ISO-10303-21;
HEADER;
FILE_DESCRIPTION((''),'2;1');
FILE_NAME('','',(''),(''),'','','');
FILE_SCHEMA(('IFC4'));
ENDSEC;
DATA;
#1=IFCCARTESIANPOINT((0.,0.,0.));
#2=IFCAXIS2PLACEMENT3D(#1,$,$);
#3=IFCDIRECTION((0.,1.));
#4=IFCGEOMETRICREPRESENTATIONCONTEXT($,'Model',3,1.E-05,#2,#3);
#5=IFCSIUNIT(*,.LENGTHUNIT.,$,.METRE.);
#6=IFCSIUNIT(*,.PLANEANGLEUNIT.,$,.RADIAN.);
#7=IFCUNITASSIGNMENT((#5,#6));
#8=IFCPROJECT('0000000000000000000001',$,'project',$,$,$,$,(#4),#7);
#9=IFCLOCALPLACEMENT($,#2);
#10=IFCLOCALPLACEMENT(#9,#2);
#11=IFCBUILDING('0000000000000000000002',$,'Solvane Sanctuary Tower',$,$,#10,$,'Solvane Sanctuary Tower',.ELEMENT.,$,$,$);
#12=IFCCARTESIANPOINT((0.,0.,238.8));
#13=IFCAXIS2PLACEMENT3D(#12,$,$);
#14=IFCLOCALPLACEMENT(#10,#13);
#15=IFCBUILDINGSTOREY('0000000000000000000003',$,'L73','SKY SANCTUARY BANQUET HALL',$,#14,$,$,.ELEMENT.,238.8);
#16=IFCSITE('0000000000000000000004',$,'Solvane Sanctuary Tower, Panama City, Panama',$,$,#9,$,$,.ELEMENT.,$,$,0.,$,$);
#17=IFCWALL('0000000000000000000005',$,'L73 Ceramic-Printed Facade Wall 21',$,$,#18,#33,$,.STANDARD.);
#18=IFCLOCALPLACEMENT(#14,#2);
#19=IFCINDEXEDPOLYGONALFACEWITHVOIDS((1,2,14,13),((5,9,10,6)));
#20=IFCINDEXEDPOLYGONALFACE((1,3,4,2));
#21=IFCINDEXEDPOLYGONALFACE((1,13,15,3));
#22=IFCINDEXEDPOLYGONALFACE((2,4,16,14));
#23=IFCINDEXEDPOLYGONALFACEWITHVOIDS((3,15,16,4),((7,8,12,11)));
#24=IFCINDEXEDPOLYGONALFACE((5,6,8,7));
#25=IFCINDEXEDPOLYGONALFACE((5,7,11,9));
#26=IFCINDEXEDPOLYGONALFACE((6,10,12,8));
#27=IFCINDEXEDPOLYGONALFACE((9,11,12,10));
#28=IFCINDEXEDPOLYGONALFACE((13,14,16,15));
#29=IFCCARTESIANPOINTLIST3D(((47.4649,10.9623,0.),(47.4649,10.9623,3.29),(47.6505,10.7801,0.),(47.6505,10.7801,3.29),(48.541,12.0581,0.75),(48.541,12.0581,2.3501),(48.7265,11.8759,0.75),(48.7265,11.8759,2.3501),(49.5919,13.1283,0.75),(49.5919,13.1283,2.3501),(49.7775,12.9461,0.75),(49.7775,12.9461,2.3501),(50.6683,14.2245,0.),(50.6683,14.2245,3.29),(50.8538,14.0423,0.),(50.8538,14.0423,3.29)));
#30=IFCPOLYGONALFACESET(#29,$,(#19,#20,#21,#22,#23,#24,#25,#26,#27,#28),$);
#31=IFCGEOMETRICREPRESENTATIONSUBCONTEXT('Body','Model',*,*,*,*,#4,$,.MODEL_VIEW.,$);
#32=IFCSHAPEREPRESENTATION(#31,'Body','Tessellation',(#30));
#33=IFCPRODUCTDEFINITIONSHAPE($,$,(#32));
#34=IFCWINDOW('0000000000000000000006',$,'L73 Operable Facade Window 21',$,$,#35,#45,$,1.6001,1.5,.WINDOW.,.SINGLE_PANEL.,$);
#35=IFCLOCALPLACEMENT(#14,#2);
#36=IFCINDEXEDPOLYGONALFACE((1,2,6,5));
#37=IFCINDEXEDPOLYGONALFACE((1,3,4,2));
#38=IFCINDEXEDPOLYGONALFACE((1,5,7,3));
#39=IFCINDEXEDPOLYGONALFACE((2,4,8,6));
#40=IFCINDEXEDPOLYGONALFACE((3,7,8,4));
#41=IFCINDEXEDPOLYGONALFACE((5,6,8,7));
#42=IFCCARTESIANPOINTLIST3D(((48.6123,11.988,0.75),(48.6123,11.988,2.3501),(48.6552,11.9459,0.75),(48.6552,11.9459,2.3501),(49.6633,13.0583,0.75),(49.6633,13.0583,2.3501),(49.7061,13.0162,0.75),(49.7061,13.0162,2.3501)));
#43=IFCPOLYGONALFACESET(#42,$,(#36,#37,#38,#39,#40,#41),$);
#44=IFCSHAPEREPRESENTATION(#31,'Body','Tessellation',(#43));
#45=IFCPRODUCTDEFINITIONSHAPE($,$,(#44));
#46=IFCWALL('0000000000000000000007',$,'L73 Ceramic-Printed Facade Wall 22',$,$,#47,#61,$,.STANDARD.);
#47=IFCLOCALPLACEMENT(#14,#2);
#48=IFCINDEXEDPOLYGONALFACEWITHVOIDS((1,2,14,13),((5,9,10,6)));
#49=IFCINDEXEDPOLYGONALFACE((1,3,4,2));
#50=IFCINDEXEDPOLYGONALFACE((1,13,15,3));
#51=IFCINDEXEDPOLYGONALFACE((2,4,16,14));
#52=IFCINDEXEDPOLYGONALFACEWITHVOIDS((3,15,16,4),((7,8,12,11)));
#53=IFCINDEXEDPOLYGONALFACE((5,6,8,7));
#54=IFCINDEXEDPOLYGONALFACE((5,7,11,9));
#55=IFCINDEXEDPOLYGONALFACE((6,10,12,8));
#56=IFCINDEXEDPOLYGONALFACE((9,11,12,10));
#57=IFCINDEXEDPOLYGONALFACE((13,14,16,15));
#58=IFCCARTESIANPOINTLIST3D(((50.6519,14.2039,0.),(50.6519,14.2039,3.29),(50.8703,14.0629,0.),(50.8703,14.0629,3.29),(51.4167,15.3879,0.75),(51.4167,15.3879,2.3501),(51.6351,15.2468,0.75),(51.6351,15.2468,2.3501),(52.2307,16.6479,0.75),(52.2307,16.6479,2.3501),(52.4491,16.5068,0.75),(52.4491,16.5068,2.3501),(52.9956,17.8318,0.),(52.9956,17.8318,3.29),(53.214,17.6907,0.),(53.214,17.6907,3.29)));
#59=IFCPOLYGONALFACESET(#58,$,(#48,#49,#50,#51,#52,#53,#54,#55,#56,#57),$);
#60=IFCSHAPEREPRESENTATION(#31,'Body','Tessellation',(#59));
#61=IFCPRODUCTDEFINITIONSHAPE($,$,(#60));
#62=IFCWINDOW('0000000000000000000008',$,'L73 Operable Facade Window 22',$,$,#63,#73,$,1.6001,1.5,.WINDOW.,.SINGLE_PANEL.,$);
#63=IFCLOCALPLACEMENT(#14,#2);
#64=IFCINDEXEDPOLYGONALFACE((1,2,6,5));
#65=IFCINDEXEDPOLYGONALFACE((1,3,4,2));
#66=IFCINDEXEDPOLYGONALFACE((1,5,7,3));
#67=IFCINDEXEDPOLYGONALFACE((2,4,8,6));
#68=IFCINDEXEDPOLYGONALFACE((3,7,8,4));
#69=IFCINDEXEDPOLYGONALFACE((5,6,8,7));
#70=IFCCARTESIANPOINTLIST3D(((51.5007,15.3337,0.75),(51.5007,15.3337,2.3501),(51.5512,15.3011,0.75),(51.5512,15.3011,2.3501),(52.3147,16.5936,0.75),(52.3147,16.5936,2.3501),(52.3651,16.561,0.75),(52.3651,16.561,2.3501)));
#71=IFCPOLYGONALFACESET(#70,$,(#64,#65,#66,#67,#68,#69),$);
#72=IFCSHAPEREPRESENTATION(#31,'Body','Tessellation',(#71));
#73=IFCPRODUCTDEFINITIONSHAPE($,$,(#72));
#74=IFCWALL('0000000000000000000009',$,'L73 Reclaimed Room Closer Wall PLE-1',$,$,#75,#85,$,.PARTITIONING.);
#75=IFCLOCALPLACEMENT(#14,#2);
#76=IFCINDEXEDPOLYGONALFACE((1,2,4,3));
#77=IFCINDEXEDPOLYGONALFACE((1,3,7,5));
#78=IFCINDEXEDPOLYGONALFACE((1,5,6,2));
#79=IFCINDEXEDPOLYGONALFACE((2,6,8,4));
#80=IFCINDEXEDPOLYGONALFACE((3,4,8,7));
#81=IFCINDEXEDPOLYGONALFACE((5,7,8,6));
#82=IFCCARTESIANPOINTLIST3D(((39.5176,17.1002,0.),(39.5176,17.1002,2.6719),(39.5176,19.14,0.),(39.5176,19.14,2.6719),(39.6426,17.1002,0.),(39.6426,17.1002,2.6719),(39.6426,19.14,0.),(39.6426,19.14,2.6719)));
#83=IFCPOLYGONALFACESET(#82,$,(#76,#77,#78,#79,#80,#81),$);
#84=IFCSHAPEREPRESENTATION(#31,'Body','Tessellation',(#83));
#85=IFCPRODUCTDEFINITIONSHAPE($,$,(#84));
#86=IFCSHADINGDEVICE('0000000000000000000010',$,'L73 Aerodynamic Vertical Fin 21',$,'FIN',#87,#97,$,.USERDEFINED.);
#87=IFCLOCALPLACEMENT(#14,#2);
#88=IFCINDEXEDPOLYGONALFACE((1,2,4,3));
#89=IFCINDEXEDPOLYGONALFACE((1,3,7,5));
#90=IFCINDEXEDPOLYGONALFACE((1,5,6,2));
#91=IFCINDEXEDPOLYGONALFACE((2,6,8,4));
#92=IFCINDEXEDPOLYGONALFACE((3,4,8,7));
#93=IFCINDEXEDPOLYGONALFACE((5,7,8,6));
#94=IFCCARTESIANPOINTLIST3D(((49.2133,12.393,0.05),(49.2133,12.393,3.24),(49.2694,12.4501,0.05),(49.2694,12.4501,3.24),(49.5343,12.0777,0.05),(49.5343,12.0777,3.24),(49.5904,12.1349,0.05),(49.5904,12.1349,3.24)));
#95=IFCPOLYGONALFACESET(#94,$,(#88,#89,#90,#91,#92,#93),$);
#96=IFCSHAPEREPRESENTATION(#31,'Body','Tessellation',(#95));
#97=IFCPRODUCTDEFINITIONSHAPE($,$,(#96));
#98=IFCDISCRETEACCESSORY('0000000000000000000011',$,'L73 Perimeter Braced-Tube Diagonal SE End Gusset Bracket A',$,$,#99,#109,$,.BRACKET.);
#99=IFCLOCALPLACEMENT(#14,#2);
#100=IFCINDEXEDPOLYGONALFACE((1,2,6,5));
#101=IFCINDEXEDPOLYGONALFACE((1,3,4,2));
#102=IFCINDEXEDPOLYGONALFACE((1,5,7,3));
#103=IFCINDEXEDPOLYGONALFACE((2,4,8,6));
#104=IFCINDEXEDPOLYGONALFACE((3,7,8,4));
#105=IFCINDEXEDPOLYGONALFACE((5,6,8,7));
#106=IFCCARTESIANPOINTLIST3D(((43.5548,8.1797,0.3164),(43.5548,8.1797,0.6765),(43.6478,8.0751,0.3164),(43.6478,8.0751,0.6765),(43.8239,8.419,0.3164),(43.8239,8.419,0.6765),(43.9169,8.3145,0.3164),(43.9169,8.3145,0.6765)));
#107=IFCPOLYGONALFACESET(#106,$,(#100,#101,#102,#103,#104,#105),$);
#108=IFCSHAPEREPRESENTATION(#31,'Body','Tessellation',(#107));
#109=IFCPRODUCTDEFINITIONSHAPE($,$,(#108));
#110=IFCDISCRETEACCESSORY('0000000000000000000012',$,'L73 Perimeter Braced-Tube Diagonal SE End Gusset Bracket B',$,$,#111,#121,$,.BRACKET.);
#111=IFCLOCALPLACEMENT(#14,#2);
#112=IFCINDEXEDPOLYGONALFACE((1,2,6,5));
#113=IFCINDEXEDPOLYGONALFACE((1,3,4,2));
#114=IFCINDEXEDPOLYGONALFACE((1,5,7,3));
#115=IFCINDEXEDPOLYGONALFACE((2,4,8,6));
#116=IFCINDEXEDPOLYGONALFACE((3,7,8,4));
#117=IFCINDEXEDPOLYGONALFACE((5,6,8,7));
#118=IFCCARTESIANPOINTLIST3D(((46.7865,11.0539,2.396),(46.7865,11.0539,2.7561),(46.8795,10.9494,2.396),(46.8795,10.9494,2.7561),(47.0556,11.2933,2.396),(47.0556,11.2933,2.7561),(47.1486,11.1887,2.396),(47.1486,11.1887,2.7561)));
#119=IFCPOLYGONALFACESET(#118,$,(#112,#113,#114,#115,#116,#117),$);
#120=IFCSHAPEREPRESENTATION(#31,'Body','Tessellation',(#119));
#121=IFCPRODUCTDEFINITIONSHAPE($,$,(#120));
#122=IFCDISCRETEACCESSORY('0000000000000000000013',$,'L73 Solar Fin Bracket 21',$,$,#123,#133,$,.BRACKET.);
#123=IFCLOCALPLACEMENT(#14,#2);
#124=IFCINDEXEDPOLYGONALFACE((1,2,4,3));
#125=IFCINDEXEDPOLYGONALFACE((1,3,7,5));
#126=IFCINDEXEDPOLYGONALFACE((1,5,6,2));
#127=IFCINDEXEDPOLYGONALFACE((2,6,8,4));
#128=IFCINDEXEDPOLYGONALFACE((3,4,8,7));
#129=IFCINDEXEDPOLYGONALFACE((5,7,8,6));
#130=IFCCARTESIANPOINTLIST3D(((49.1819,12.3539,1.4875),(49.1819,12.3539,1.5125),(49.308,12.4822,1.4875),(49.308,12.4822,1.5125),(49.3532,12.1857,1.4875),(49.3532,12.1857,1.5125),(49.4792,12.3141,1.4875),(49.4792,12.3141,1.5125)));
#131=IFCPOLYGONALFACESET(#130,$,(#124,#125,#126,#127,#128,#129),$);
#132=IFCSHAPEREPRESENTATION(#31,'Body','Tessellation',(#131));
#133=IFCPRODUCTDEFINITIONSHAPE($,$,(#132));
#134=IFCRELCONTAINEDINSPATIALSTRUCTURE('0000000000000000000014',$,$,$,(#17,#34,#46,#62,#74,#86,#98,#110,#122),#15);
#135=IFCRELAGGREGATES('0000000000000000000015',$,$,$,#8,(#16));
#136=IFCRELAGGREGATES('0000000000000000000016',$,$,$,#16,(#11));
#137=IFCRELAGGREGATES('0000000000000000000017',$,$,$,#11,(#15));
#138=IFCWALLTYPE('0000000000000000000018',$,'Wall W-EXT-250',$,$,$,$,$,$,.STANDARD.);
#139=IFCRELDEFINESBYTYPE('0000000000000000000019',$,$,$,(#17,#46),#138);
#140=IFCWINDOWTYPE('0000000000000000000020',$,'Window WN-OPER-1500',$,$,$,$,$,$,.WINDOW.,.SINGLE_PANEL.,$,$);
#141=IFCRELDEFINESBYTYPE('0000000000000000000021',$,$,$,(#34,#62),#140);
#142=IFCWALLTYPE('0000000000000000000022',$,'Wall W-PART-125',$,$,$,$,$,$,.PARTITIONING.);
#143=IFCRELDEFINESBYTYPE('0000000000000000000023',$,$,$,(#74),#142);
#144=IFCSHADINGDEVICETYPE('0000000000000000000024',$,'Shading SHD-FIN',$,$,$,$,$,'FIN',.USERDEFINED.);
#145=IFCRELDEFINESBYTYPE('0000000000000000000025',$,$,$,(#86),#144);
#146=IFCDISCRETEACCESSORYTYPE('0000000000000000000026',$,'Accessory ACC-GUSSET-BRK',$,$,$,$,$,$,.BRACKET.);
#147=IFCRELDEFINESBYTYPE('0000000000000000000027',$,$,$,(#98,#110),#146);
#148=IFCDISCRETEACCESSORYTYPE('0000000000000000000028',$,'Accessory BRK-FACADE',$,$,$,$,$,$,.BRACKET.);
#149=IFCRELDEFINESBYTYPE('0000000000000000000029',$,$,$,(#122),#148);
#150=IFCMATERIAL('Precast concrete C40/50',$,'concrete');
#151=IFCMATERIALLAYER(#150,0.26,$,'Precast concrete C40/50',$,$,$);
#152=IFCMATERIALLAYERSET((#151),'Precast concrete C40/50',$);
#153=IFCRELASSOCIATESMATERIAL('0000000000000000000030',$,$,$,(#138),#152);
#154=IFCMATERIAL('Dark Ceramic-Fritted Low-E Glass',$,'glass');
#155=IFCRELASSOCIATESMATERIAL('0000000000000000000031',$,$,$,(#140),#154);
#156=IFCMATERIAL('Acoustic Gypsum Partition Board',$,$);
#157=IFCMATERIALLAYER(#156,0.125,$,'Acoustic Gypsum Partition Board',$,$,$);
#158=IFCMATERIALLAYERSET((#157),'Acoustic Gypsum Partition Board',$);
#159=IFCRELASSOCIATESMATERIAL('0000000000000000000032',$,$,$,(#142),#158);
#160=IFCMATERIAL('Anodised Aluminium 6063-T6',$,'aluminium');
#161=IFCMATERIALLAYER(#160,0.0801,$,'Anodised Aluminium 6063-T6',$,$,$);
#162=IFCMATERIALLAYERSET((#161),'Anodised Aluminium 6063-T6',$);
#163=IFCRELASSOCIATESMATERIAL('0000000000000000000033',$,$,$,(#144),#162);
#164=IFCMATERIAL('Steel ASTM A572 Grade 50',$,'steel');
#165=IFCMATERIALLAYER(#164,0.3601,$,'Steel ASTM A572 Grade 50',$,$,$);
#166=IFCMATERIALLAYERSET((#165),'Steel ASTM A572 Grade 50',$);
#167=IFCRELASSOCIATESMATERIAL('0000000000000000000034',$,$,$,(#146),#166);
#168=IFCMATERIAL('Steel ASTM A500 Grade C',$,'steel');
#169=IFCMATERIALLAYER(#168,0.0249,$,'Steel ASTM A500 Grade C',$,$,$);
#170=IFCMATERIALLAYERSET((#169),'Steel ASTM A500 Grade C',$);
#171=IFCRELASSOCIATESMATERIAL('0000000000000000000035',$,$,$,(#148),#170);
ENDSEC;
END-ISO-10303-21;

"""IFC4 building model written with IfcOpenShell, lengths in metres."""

from ifc_helpers import new_model, si_unit, direction, frame, frame_2d, origin, origin_2d, place, context, subcontext, project, spatial, rectangle, extrude, material, layer, layer_set, type_object, element, fill, save


model = new_model("IFC4")

# Units and contexts
model_context = context("Model", 3, precision=1e-05, world=origin(), true_north=direction((0.0, 1.0)))
body_context = subcontext(model_context, "Body", "Model", "MODEL_VIEW")
ifc_project = project(units=[si_unit("LENGTHUNIT", "METRE"), si_unit("PLANEANGLEUNIT", "RADIAN")], contexts=[model_context])

# Site, building, storey
site_placement = place(None, origin())
site = spatial("IfcSite", under=ifc_project, at=site_placement, Name="Solvane Sanctuary Tower, Panama City, Panama", CompositionType="ELEMENT", RefElevation=0.0)
building_placement = place(site_placement, origin())
building = spatial("IfcBuilding", under=site, at=building_placement, Name="Solvane Sanctuary Tower", LongName="Solvane Sanctuary Tower", CompositionType="ELEMENT")
storey_placement = place(building_placement, frame((0.0, 0.0, 238.8)))
storey = spatial("IfcBuildingStorey", under=building, at=storey_placement, Name="L73", Description="SKY SANCTUARY BANQUET HALL", CompositionType="ELEMENT", Elevation=238.8)

# Shared definitions
ifc_material_1 = material(Name="Anodised Aluminium 6063-T6", Category="aluminium")

# Shared definitions
ifc_material_2 = material(Name="Dark Ceramic-Fritted Low-E Glass", Category="glass")

# Shared definitions
ifc_material_3 = material(Name="Acoustic Gypsum Partition Board")

# Shared definitions
ifc_material_4 = material(Name="Precast concrete C40/50", Category="concrete")
ifc_layer_1 = layer(ifc_material_4, 0.26, Name="Precast concrete C40/50")
ifc_layer_set_1 = layer_set([ifc_layer_1], Name="Precast concrete C40/50")
wall_type_1 = type_object("IfcWallType", Name="Wall W-EXT-250", PredefinedType="STANDARD", material=ifc_layer_set_1)

# Walls, openings, windows
wall_1_placement = place(storey_placement, frame((47.5576, 10.8711, 0.0), z_axis=(0.0, 0.0, 1.0), x_axis=(0.700643, 0.713512, 0.0)))
wall_1 = element("IfcWall", 1, at=wall_1_placement, inside=storey, type_object=wall_type_1, Name="L73 Ceramic-Printed Facade Wall 21", PredefinedType="STANDARD", context=body_context, shape_type="SweptSolid", body=[
    extrude(rectangle(XDim=4.572, YDim=0.26, at=frame_2d((2.2861, 0.0))), origin(), (0.0, 0.0, 1.0), 3.29),
])
opening_1_placement = place(wall_1_placement, frame((1.5359, 0.0, 0.75)))
opening_1 = element("IfcOpeningElement", 2, at=opening_1_placement, cuts=wall_1, PredefinedType="OPENING", context=body_context, shape_type="SweptSolid", body=[
    extrude(rectangle(XDim=1.5, YDim=1.6001, at=frame_2d((0.75, 0.8))), frame((0.0, 0.1399, 0.0), z_axis=(0.0, -1.0, 0.0), x_axis=(1.0, 0.0, 0.0)), (0.0, 0.0, 1.0), 0.28),
])
window_type = type_object("IfcWindowType", Name="Window WN-OPER-1500", PartitioningType="SINGLE_PANEL", PredefinedType="WINDOW", material=ifc_material_2)
window_1_placement = place(opening_1_placement, origin())
window_1 = element("IfcWindow", 3, at=window_1_placement, inside=storey, type_object=window_type, Name="L73 Operable Facade Window 21", OverallHeight=1.6001, OverallWidth=1.5, PartitioningType="SINGLE_PANEL", PredefinedType="WINDOW", context=body_context, shape_type="SweptSolid", body=[
    extrude(rectangle(XDim=1.5, YDim=1.6001, at=frame_2d((0.75, 0.8))), frame((0.0, 0.03, 0.0), z_axis=(0.0, -1.0, 0.0), x_axis=(1.0, 0.0, 0.0)), (0.0, 0.0, 1.0), 0.0601),
])
fill(opening_1, window_1)
wall_2_placement = place(storey_placement, frame((50.761, 14.1333, 0.0), z_axis=(0.0, 0.0, 1.0), x_axis=(0.542642, 0.839964, 0.0)))
wall_2 = element("IfcWall", 4, at=wall_2_placement, inside=storey, type_object=wall_type_1, Name="L73 Ceramic-Printed Facade Wall 22", PredefinedType="STANDARD", context=body_context, shape_type="SweptSolid", body=[
    extrude(rectangle(XDim=4.3191, YDim=0.26, at=frame_2d((2.1597, 0.0))), origin(), (0.0, 0.0, 1.0), 3.29),
])
opening_2_placement = place(wall_2_placement, frame((1.4097, 0.0, 0.75)))
opening_2 = element("IfcOpeningElement", 5, at=opening_2_placement, cuts=wall_2, PredefinedType="OPENING", context=body_context, shape_type="SweptSolid", body=[
    extrude(rectangle(XDim=1.5, YDim=1.6001, at=frame_2d((0.75, 0.8))), frame((0.0, 0.1399, 0.0), z_axis=(0.0, -1.0, 0.0), x_axis=(1.0, 0.0, 0.0)), (0.0, 0.0, 1.0), 0.28),
])
window_2_placement = place(opening_2_placement, origin())
window_2 = element("IfcWindow", 6, at=window_2_placement, inside=storey, type_object=window_type, Name="L73 Operable Facade Window 22", OverallHeight=1.6001, OverallWidth=1.5, PartitioningType="SINGLE_PANEL", PredefinedType="WINDOW", context=body_context, shape_type="SweptSolid", body=[
    extrude(rectangle(XDim=1.5, YDim=1.6001, at=frame_2d((0.75, 0.8))), frame((0.0, 0.03, 0.0), z_axis=(0.0, -1.0, 0.0), x_axis=(1.0, 0.0, 0.0)), (0.0, 0.0, 1.0), 0.0601),
])
fill(opening_2, window_2)

# Wall
ifc_layer_2 = layer(ifc_material_3, 0.125, Name="Acoustic Gypsum Partition Board")
ifc_layer_set_2 = layer_set([ifc_layer_2], Name="Acoustic Gypsum Partition Board")
wall_type_2 = type_object("IfcWallType", Name="Wall W-PART-125", PredefinedType="PARTITIONING", material=ifc_layer_set_2)
wall_3_placement = place(storey_placement, frame((39.5801, 17.1001, 0.0), z_axis=(0.0, 0.0, 1.0), x_axis=(0.0, 1.0, 0.0)))
element("IfcWall", 7, at=wall_3_placement, inside=storey, type_object=wall_type_2, Name="L73 Reclaimed Room Closer Wall PLE-1", PredefinedType="PARTITIONING", context=body_context, shape_type="SweptSolid", body=[
    extrude(rectangle(XDim=2.0398, YDim=0.125, at=frame_2d((1.02, 0.0))), origin(), (0.0, 0.0, 1.0), 2.6719),
])

# Shading device
ifc_layer_3 = layer(ifc_material_1, 0.0801, Name="Anodised Aluminium 6063-T6")
ifc_layer_set_3 = layer_set([ifc_layer_3], Name="Anodised Aluminium 6063-T6")
shading_device_type = type_object("IfcShadingDeviceType", Name="Shading SHD-FIN", ElementType="FIN", PredefinedType="USERDEFINED", material=ifc_layer_set_3)
shading_device_placement = place(storey_placement, frame((49.4019, 12.2639, 0.05), z_axis=(0.0, 0.0, 1.0), x_axis=(0.700625, 0.713529, 0.0)))
element("IfcShadingDevice", 8, at=shading_device_placement, inside=storey, type_object=shading_device_type, Name="L73 Aerodynamic Vertical Fin 21", ObjectType="FIN", PredefinedType="USERDEFINED", context=body_context, shape_type="SweptSolid", body=[
    extrude(rectangle(XDim=0.0801, YDim=0.45, at=origin_2d()), origin(), (0.0, 0.0, 1.0), 3.1899),
])

# Discrete accessories
ifc_material_5 = material(Name="Steel ASTM A572 Grade 50", Category="steel")
ifc_layer_4 = layer(ifc_material_5, 0.3601, Name="Steel ASTM A572 Grade 50")
ifc_layer_set_4 = layer_set([ifc_layer_4], Name="Steel ASTM A572 Grade 50")
discrete_accessory_type_1 = type_object("IfcDiscreteAccessoryType", Name="Accessory ACC-GUSSET-BRK", PredefinedType="BRACKET", material=ifc_layer_set_4)
for number, where, z_axis, x_axis, name in (
    (9, (43.7358, 8.2471, 0.3164), (0.0, 0.0, 1.0), (0.747218, 0.664579, 0.0), "L73 Perimeter Braced-Tube Diagonal SE End Gusset Bracket A"),
    (10, (46.9675, 11.1213, 2.396), (0.0, 0.0, 1.0), (0.747218, 0.664579, 0.0), "L73 Perimeter Braced-Tube Diagonal SE End Gusset Bracket B"),
):
    element("IfcDiscreteAccessory", number, at=place(storey_placement, frame(where, z_axis=z_axis, x_axis=x_axis)), inside=storey, type_object=discrete_accessory_type_1, Name=name, PredefinedType="BRACKET", context=body_context, shape_type="SweptSolid", body=[
        extrude(rectangle(XDim=0.3601, YDim=0.1399, at=origin_2d()), origin(), (0.0, 0.0, 1.0), 0.3601),
    ])
ifc_material_6 = material(Name="Steel ASTM A500 Grade C", Category="steel")
ifc_layer_5 = layer(ifc_material_6, 0.0249, Name="Steel ASTM A500 Grade C")
ifc_layer_set_5 = layer_set([ifc_layer_5], Name="Steel ASTM A500 Grade C")
discrete_accessory_type_2 = type_object("IfcDiscreteAccessoryType", Name="Accessory BRK-FACADE", PredefinedType="BRACKET", material=ifc_layer_set_5)
discrete_accessory_placement = place(storey_placement, frame((49.3306, 12.334, 1.4875), z_axis=(0.0, 0.0, 1.0), x_axis=(0.700625, 0.713529, 0.0)))
element("IfcDiscreteAccessory", 11, at=discrete_accessory_placement, inside=storey, type_object=discrete_accessory_type_2, Name="L73 Solar Fin Bracket 21", PredefinedType="BRACKET", context=body_context, shape_type="SweptSolid", body=[
    extrude(rectangle(XDim=0.1799, YDim=0.24, at=origin_2d()), origin(), (0.0, 0.0, 1.0), 0.0249),
])

save(model, "model.ifc")
